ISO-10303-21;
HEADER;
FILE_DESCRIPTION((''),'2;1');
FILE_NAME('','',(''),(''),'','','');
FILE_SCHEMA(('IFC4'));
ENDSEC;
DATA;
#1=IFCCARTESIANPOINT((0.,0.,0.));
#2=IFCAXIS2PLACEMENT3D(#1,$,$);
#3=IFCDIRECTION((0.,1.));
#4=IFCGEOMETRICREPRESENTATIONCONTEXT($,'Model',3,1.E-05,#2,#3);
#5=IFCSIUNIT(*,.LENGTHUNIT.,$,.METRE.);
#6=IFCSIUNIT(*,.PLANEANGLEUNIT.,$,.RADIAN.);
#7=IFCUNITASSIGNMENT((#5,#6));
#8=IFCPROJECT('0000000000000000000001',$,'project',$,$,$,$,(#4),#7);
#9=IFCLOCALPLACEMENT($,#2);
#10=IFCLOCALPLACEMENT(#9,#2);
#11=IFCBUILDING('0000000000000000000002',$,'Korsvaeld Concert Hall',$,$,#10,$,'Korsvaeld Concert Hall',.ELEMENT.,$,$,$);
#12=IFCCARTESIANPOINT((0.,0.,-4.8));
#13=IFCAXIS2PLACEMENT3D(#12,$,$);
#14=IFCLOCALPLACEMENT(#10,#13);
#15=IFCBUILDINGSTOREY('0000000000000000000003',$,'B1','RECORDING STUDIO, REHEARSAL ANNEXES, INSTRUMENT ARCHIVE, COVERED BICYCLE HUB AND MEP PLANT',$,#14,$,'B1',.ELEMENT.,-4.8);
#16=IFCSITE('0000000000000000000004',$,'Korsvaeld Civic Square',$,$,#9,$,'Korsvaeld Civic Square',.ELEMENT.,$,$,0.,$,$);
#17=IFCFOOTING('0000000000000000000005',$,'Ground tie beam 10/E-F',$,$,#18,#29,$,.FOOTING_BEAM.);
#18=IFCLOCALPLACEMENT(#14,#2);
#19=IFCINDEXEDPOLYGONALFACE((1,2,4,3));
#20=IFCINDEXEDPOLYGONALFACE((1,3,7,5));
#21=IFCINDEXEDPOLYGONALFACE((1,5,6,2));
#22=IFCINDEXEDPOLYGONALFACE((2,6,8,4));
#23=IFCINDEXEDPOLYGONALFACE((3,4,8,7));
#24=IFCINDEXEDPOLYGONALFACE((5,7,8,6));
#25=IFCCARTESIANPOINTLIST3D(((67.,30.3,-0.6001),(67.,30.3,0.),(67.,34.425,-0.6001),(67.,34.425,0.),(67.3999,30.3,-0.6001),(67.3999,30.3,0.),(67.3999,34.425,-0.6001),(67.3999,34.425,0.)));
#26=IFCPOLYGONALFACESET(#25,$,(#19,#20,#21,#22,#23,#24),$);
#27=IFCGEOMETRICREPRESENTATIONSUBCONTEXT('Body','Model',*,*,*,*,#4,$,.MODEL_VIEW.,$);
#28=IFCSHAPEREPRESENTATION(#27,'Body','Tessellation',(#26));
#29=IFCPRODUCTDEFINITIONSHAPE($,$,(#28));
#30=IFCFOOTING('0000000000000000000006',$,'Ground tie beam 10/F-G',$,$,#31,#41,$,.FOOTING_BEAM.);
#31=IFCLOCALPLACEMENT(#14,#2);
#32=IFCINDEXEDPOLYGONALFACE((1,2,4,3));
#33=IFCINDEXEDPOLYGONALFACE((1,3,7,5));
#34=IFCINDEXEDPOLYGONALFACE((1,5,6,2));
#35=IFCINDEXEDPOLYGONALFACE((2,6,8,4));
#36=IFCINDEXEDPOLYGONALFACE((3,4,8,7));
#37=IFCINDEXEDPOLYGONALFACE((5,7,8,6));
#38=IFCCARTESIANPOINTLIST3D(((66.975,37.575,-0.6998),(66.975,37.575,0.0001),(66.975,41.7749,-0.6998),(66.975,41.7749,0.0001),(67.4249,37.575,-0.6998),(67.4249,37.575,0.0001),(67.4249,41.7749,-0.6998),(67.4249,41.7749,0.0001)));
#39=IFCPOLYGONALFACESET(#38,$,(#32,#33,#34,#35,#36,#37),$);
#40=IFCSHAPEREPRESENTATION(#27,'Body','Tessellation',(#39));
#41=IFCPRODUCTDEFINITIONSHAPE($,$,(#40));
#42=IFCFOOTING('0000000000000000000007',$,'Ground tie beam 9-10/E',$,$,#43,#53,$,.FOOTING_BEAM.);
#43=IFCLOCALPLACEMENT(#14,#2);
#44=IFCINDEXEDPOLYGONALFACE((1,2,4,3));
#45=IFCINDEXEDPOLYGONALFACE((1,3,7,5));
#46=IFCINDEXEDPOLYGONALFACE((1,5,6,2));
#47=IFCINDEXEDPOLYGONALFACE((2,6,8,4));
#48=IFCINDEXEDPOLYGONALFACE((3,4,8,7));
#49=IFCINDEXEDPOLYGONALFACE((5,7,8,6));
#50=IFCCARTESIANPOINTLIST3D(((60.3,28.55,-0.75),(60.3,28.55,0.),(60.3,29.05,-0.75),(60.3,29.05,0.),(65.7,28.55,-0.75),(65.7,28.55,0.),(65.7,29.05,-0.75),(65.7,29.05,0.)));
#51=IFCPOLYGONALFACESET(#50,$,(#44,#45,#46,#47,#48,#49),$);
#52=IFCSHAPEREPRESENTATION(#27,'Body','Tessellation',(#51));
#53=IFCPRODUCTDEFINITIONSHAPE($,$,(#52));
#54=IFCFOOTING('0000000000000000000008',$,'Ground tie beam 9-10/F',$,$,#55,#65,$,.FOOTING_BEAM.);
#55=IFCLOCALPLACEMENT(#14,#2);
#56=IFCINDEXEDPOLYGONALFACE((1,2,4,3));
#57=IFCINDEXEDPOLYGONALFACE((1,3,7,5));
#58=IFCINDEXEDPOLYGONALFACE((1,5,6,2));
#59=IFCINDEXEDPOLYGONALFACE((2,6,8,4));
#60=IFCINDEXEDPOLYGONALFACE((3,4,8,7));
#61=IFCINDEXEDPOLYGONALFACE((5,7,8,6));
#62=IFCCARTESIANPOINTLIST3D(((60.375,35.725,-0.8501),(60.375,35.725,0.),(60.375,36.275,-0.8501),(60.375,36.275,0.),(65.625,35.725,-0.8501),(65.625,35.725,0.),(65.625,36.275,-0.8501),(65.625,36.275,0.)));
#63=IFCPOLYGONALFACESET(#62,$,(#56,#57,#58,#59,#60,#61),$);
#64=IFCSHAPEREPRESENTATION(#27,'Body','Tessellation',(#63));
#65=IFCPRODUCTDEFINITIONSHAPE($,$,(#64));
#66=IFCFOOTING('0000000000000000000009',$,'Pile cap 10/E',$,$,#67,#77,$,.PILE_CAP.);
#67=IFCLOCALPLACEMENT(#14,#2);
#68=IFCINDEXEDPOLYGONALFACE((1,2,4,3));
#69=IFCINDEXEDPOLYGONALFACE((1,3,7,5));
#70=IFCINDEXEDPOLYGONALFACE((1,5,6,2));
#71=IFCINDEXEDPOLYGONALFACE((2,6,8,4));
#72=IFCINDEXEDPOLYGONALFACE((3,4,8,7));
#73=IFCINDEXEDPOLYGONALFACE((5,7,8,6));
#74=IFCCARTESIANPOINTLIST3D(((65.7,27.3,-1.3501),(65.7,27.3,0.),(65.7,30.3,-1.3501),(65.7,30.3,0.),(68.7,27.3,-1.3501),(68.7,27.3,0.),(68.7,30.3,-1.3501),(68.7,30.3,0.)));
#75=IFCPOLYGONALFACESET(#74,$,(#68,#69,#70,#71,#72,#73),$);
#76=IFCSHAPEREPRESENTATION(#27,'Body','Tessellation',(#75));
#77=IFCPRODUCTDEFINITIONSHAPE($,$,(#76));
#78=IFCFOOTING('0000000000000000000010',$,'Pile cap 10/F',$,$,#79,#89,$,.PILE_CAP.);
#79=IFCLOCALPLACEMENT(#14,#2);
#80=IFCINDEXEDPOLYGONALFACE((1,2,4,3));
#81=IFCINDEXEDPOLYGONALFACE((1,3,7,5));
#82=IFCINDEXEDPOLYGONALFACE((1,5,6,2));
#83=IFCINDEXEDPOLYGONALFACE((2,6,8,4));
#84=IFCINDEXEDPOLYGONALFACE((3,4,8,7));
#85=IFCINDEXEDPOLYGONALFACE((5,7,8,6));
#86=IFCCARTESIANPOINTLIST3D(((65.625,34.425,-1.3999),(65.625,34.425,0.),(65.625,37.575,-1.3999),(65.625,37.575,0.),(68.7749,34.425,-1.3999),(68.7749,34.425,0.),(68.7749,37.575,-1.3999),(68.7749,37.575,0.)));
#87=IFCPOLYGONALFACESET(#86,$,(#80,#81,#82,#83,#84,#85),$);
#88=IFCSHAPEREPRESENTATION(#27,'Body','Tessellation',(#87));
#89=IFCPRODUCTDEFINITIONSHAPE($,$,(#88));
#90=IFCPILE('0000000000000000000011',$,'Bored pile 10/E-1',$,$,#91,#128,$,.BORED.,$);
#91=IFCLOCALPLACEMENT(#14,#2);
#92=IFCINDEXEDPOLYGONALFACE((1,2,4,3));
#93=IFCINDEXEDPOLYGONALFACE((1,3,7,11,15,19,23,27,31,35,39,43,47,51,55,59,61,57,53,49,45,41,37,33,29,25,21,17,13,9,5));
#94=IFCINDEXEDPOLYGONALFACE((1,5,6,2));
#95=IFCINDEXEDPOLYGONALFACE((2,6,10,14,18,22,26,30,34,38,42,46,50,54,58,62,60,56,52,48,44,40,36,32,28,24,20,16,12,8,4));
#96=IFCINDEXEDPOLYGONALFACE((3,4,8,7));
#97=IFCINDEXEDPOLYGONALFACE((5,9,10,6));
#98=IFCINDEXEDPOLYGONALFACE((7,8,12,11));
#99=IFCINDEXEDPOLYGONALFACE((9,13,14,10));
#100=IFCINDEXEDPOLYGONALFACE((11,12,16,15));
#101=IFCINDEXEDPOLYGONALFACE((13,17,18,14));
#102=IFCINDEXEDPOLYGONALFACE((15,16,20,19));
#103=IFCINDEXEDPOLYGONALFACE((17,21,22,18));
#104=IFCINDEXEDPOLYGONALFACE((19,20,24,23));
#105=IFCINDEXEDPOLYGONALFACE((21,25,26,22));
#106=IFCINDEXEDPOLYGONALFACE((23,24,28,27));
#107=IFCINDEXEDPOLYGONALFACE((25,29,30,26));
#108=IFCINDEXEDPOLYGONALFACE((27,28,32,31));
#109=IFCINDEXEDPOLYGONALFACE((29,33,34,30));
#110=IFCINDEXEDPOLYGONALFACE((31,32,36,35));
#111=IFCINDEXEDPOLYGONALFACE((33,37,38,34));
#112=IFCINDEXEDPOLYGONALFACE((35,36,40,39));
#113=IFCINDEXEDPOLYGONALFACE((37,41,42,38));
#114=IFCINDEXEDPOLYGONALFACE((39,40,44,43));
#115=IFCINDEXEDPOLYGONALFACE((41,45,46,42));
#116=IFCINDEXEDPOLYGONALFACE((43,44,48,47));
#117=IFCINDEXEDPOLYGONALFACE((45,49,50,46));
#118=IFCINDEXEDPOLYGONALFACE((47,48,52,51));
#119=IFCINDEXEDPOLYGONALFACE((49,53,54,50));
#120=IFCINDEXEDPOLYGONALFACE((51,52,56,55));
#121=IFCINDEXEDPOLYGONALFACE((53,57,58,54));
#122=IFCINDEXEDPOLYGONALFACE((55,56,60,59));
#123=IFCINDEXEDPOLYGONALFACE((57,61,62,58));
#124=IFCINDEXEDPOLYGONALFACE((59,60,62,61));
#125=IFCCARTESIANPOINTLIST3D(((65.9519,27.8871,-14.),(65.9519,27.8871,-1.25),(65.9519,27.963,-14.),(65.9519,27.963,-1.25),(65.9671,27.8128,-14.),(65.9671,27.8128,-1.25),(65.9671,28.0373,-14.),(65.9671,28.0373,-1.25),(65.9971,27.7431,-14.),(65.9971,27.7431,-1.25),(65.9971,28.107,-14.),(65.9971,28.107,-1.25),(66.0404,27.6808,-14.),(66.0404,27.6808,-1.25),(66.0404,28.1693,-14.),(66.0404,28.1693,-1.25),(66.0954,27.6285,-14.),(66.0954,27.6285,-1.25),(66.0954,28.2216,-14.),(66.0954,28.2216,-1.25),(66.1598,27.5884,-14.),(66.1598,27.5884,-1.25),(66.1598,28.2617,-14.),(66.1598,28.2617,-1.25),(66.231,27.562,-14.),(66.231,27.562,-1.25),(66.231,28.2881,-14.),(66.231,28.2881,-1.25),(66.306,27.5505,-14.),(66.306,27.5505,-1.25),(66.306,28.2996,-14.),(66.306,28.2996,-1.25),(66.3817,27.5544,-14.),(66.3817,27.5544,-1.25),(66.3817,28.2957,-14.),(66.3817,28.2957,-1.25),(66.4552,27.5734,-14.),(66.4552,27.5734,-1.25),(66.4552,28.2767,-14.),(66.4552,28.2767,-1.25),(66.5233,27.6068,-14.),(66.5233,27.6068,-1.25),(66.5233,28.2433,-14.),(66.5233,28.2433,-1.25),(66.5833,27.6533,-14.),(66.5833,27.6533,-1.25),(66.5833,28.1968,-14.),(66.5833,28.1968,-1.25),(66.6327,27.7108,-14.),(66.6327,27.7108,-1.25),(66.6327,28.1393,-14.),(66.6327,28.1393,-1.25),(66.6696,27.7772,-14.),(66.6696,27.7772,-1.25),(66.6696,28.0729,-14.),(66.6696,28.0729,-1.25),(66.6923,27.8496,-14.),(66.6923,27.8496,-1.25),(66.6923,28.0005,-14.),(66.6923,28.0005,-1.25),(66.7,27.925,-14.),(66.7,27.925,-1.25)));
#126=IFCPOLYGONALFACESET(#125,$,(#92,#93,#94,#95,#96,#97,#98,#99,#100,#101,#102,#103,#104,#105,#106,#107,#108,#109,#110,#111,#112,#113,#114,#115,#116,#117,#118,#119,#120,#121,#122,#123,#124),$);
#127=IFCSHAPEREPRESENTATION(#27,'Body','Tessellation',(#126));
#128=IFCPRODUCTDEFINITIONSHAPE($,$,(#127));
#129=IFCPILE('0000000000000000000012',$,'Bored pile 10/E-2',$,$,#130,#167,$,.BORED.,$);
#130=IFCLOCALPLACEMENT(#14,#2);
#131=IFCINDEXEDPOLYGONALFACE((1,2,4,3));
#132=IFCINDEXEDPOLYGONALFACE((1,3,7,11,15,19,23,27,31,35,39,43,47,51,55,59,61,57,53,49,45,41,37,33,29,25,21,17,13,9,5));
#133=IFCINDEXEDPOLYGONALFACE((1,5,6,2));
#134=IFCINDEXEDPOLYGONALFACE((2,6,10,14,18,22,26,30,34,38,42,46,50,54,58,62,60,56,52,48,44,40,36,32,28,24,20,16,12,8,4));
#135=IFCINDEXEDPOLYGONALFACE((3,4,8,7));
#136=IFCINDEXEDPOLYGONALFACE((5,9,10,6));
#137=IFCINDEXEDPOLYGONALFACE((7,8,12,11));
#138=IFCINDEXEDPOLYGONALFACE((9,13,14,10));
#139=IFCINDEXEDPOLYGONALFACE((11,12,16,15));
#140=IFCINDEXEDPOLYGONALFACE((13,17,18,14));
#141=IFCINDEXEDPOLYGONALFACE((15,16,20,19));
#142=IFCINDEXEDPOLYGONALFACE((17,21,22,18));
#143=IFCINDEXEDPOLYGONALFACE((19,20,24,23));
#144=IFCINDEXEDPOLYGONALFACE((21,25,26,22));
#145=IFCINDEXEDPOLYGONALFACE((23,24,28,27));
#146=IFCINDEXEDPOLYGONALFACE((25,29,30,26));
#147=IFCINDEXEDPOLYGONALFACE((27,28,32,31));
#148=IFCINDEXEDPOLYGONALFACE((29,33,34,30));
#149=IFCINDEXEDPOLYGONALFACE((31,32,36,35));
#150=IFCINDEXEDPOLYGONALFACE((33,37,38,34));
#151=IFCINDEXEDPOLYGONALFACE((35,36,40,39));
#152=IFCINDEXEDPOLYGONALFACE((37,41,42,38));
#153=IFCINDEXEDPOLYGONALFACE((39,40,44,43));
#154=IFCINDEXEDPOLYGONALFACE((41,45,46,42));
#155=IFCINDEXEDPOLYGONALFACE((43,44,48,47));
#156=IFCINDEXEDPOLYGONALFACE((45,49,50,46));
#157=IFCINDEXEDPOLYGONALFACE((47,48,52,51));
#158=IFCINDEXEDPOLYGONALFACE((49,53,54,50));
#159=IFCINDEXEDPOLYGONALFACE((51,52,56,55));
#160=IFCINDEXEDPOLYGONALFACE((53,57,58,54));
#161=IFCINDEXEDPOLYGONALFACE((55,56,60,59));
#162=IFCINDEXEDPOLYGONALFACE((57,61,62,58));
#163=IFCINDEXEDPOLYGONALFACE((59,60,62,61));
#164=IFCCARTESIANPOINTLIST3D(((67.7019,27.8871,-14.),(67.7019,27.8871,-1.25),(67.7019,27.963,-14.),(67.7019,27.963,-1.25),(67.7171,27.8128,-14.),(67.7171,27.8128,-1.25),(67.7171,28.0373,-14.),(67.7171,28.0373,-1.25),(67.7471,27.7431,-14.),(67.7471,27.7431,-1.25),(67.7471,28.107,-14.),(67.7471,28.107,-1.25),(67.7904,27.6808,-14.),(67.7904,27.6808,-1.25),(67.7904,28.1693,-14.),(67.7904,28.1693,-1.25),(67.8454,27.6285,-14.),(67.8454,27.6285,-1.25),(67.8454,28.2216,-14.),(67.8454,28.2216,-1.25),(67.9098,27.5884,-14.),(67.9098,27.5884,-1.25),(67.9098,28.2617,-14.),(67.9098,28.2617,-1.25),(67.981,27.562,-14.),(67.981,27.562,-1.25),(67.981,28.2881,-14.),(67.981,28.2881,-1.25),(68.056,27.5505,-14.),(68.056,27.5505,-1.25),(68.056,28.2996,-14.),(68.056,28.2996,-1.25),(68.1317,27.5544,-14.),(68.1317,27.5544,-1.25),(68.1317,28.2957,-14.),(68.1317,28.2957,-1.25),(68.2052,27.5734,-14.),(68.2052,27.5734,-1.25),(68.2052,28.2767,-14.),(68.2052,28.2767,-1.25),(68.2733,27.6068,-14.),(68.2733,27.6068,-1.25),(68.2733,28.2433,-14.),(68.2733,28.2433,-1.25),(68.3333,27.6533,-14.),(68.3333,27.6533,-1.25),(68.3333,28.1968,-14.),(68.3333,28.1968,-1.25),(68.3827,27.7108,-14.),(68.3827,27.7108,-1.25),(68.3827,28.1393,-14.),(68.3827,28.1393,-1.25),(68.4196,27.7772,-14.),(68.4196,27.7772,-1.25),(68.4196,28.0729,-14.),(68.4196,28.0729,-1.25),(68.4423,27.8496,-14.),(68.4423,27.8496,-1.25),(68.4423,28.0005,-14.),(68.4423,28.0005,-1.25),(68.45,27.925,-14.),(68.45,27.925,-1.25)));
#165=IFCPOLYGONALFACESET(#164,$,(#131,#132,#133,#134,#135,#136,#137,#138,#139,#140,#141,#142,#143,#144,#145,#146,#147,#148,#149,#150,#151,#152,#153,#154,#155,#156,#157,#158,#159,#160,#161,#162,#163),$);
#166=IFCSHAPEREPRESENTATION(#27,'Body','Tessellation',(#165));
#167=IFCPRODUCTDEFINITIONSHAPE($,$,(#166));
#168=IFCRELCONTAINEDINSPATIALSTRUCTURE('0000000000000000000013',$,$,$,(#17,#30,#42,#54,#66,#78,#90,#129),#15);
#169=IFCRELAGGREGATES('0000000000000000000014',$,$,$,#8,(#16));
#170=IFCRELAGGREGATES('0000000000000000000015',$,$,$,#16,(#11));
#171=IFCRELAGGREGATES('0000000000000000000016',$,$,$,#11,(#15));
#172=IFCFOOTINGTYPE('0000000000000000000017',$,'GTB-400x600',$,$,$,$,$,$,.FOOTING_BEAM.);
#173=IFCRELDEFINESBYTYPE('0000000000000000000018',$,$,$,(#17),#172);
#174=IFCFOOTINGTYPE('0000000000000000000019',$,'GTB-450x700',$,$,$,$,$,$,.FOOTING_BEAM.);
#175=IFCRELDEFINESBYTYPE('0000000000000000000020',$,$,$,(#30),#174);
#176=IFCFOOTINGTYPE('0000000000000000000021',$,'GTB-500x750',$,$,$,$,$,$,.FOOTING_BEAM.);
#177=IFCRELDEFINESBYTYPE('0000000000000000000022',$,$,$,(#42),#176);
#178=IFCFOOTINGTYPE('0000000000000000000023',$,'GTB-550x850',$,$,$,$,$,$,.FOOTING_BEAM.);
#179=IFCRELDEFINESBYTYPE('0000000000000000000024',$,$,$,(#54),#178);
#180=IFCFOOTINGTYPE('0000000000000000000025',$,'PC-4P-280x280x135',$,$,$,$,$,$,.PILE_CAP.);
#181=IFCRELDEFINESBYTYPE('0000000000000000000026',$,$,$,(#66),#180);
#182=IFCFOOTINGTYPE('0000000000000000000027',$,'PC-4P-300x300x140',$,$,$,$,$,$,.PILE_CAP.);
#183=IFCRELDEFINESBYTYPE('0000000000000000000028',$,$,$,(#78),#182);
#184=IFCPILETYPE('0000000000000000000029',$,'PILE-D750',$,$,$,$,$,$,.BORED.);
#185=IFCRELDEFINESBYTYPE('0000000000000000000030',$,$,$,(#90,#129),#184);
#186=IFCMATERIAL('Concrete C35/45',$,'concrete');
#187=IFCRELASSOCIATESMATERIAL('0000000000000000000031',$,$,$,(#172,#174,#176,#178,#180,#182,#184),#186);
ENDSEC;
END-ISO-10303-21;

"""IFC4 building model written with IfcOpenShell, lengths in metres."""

from ifc_helpers import new_model, si_unit, direction, frame, origin, origin_2d, place, context, subcontext, project, spatial, rectangle, circle, extrude, material, material_profile, profile_set, type_object, element, save


model = new_model("IFC4")

# Units and contexts
model_context = context("Model", 3, precision=1e-05, world=origin(), true_north=direction((0.0, 1.0)))
body_context = subcontext(model_context, "Body", "Model", "MODEL_VIEW")
ifc_project = project(units=[si_unit("LENGTHUNIT", "METRE"), si_unit("PLANEANGLEUNIT", "RADIAN")], contexts=[model_context])

# Site, building, storey
site_placement = place(None, origin())
site = spatial("IfcSite", under=ifc_project, at=site_placement, Name="Korsvaeld Civic Square", LongName="Korsvaeld Civic Square", CompositionType="ELEMENT", RefElevation=0.0)
building_placement = place(site_placement, origin())
building = spatial("IfcBuilding", under=site, at=building_placement, Name="Korsvaeld Concert Hall", LongName="Korsvaeld Concert Hall", CompositionType="ELEMENT")
storey_placement = place(building_placement, frame((0.0, 0.0, -4.8)))
storey = spatial("IfcBuildingStorey", under=building, at=storey_placement, Name="B1", Description="RECORDING STUDIO, REHEARSAL ANNEXES, INSTRUMENT ARCHIVE, COVERED BICYCLE HUB AND MEP PLANT", LongName="B1", CompositionType="ELEMENT", Elevation=-4.8)

# Footings
ifc_material_1 = material(Name="Concrete C35/45", Category="concrete")
ifc_material_profile_1 = material_profile(ifc_material_1, rectangle(XDim=0.3999, YDim=0.6001, at=origin_2d()), Name="GTB 400x600")
ifc_profile_set_1 = profile_set([ifc_material_profile_1], Name="Concrete C35/45")
footing_type_1 = type_object("IfcFootingType", Name="GTB-400x600", PredefinedType="FOOTING_BEAM", material=ifc_profile_set_1)
footing_1_placement = place(storey_placement, frame((67.2, 30.3, -0.3), z_axis=(0.0, 1.0, 0.0), x_axis=(-1.0, 0.0, 0.0)))
element("IfcFooting", 1, at=footing_1_placement, inside=storey, type_object=footing_type_1, Name="Ground tie beam 10/E-F", PredefinedType="FOOTING_BEAM", context=body_context, shape_type="SweptSolid", body=[
    extrude(rectangle(XDim=0.3999, YDim=0.6001, at=origin_2d()), origin(), (0.0, 0.0, 1.0), 4.125),
])
ifc_material_profile_2 = material_profile(ifc_material_1, rectangle(XDim=0.45, YDim=0.7, at=origin_2d()), Name="GTB 450x700")
ifc_profile_set_2 = profile_set([ifc_material_profile_2], Name="Concrete C35/45")
footing_type_2 = type_object("IfcFootingType", Name="GTB-450x700", PredefinedType="FOOTING_BEAM", material=ifc_profile_set_2)
footing_2_placement = place(storey_placement, frame((67.2, 37.575, -0.3499), z_axis=(0.0, 1.0, 0.0), x_axis=(-1.0, 0.0, 0.0)))
element("IfcFooting", 2, at=footing_2_placement, inside=storey, type_object=footing_type_2, Name="Ground tie beam 10/F-G", PredefinedType="FOOTING_BEAM", context=body_context, shape_type="SweptSolid", body=[
    extrude(rectangle(XDim=0.45, YDim=0.7, at=origin_2d()), origin(), (0.0, 0.0, 1.0), 4.2),
])
ifc_material_profile_3 = material_profile(ifc_material_1, rectangle(XDim=0.5, YDim=0.75, at=origin_2d()), Name="GTB 500x750")
ifc_profile_set_3 = profile_set([ifc_material_profile_3], Name="Concrete C35/45")
footing_type_3 = type_object("IfcFootingType", Name="GTB-500x750", PredefinedType="FOOTING_BEAM", material=ifc_profile_set_3)
footing_3_placement = place(storey_placement, frame((60.3, 28.8, -0.375), z_axis=(1.0, 0.0, 0.0), x_axis=(0.0, 1.0, 0.0)))
element("IfcFooting", 3, at=footing_3_placement, inside=storey, type_object=footing_type_3, Name="Ground tie beam 9-10/E", PredefinedType="FOOTING_BEAM", context=body_context, shape_type="SweptSolid", body=[
    extrude(rectangle(XDim=0.5, YDim=0.75, at=origin_2d()), origin(), (0.0, 0.0, 1.0), 5.3999),
])
ifc_material_profile_4 = material_profile(ifc_material_1, rectangle(XDim=0.55, YDim=0.8501, at=origin_2d()), Name="GTB 550x850")
ifc_profile_set_4 = profile_set([ifc_material_profile_4], Name="Concrete C35/45")
footing_type_4 = type_object("IfcFootingType", Name="GTB-550x850", PredefinedType="FOOTING_BEAM", material=ifc_profile_set_4)
footing_4_placement = place(storey_placement, frame((60.375, 36.0, -0.425), z_axis=(1.0, 0.0, 0.0), x_axis=(0.0, 1.0, 0.0)))
element("IfcFooting", 4, at=footing_4_placement, inside=storey, type_object=footing_type_4, Name="Ground tie beam 9-10/F", PredefinedType="FOOTING_BEAM", context=body_context, shape_type="SweptSolid", body=[
    extrude(rectangle(XDim=0.55, YDim=0.8501, at=origin_2d()), origin(), (0.0, 0.0, 1.0), 5.25),
])
footing_type_5 = type_object("IfcFootingType", Name="PC-4P-280x280x135", PredefinedType="PILE_CAP", material=ifc_material_1)
footing_5_placement = place(storey_placement, frame((67.2, 28.8, -1.3501), z_axis=(0.0, 0.0, 1.0), x_axis=(1.0, 0.0, 0.0)))
element("IfcFooting", 5, at=footing_5_placement, inside=storey, type_object=footing_type_5, Name="Pile cap 10/E", PredefinedType="PILE_CAP", context=body_context, shape_type="SweptSolid", body=[
    extrude(rectangle(XDim=3.0, YDim=3.0, at=origin_2d()), origin(), (0.0, 0.0, 1.0), 1.3501),
])
footing_type_6 = type_object("IfcFootingType", Name="PC-4P-300x300x140", PredefinedType="PILE_CAP", material=ifc_material_1)
footing_6_placement = place(storey_placement, frame((67.2, 36.0, -1.3999), z_axis=(0.0, 0.0, 1.0), x_axis=(1.0, 0.0, 0.0)))
element("IfcFooting", 6, at=footing_6_placement, inside=storey, type_object=footing_type_6, Name="Pile cap 10/F", PredefinedType="PILE_CAP", context=body_context, shape_type="SweptSolid", body=[
    extrude(rectangle(XDim=3.1499, YDim=3.1499, at=origin_2d()), origin(), (0.0, 0.0, 1.0), 1.3999),
])

# Piles
ifc_material_profile_5 = material_profile(ifc_material_1, circle(Radius=0.375, at=origin_2d()), Name="BORED PILE D750")
ifc_profile_set_5 = profile_set([ifc_material_profile_5], Name="Concrete C35/45")
pile_type_1 = type_object("IfcPileType", Name="PILE-D750", PredefinedType="BORED", material=ifc_profile_set_5)
for number, where, z_axis, x_axis, name in (
    (7, (66.325, 27.925, -1.25), (0.0, 0.0, -1.0), (1.0, 0.0, 0.0), "Bored pile 10/E-1"),
    (8, (68.075, 27.925, -1.25), (0.0, 0.0, -1.0), (1.0, 0.0, 0.0), "Bored pile 10/E-2"),
):
    element("IfcPile", number, at=place(storey_placement, frame(where, z_axis=z_axis, x_axis=x_axis)), inside=storey, type_object=pile_type_1, Name=name, PredefinedType="BORED", context=body_context, shape_type="SweptSolid", body=[
        extrude(circle(Radius=0.375, at=origin_2d()), origin(), (0.0, 0.0, 1.0), 12.75),
    ])

save(model, "model.ifc")
